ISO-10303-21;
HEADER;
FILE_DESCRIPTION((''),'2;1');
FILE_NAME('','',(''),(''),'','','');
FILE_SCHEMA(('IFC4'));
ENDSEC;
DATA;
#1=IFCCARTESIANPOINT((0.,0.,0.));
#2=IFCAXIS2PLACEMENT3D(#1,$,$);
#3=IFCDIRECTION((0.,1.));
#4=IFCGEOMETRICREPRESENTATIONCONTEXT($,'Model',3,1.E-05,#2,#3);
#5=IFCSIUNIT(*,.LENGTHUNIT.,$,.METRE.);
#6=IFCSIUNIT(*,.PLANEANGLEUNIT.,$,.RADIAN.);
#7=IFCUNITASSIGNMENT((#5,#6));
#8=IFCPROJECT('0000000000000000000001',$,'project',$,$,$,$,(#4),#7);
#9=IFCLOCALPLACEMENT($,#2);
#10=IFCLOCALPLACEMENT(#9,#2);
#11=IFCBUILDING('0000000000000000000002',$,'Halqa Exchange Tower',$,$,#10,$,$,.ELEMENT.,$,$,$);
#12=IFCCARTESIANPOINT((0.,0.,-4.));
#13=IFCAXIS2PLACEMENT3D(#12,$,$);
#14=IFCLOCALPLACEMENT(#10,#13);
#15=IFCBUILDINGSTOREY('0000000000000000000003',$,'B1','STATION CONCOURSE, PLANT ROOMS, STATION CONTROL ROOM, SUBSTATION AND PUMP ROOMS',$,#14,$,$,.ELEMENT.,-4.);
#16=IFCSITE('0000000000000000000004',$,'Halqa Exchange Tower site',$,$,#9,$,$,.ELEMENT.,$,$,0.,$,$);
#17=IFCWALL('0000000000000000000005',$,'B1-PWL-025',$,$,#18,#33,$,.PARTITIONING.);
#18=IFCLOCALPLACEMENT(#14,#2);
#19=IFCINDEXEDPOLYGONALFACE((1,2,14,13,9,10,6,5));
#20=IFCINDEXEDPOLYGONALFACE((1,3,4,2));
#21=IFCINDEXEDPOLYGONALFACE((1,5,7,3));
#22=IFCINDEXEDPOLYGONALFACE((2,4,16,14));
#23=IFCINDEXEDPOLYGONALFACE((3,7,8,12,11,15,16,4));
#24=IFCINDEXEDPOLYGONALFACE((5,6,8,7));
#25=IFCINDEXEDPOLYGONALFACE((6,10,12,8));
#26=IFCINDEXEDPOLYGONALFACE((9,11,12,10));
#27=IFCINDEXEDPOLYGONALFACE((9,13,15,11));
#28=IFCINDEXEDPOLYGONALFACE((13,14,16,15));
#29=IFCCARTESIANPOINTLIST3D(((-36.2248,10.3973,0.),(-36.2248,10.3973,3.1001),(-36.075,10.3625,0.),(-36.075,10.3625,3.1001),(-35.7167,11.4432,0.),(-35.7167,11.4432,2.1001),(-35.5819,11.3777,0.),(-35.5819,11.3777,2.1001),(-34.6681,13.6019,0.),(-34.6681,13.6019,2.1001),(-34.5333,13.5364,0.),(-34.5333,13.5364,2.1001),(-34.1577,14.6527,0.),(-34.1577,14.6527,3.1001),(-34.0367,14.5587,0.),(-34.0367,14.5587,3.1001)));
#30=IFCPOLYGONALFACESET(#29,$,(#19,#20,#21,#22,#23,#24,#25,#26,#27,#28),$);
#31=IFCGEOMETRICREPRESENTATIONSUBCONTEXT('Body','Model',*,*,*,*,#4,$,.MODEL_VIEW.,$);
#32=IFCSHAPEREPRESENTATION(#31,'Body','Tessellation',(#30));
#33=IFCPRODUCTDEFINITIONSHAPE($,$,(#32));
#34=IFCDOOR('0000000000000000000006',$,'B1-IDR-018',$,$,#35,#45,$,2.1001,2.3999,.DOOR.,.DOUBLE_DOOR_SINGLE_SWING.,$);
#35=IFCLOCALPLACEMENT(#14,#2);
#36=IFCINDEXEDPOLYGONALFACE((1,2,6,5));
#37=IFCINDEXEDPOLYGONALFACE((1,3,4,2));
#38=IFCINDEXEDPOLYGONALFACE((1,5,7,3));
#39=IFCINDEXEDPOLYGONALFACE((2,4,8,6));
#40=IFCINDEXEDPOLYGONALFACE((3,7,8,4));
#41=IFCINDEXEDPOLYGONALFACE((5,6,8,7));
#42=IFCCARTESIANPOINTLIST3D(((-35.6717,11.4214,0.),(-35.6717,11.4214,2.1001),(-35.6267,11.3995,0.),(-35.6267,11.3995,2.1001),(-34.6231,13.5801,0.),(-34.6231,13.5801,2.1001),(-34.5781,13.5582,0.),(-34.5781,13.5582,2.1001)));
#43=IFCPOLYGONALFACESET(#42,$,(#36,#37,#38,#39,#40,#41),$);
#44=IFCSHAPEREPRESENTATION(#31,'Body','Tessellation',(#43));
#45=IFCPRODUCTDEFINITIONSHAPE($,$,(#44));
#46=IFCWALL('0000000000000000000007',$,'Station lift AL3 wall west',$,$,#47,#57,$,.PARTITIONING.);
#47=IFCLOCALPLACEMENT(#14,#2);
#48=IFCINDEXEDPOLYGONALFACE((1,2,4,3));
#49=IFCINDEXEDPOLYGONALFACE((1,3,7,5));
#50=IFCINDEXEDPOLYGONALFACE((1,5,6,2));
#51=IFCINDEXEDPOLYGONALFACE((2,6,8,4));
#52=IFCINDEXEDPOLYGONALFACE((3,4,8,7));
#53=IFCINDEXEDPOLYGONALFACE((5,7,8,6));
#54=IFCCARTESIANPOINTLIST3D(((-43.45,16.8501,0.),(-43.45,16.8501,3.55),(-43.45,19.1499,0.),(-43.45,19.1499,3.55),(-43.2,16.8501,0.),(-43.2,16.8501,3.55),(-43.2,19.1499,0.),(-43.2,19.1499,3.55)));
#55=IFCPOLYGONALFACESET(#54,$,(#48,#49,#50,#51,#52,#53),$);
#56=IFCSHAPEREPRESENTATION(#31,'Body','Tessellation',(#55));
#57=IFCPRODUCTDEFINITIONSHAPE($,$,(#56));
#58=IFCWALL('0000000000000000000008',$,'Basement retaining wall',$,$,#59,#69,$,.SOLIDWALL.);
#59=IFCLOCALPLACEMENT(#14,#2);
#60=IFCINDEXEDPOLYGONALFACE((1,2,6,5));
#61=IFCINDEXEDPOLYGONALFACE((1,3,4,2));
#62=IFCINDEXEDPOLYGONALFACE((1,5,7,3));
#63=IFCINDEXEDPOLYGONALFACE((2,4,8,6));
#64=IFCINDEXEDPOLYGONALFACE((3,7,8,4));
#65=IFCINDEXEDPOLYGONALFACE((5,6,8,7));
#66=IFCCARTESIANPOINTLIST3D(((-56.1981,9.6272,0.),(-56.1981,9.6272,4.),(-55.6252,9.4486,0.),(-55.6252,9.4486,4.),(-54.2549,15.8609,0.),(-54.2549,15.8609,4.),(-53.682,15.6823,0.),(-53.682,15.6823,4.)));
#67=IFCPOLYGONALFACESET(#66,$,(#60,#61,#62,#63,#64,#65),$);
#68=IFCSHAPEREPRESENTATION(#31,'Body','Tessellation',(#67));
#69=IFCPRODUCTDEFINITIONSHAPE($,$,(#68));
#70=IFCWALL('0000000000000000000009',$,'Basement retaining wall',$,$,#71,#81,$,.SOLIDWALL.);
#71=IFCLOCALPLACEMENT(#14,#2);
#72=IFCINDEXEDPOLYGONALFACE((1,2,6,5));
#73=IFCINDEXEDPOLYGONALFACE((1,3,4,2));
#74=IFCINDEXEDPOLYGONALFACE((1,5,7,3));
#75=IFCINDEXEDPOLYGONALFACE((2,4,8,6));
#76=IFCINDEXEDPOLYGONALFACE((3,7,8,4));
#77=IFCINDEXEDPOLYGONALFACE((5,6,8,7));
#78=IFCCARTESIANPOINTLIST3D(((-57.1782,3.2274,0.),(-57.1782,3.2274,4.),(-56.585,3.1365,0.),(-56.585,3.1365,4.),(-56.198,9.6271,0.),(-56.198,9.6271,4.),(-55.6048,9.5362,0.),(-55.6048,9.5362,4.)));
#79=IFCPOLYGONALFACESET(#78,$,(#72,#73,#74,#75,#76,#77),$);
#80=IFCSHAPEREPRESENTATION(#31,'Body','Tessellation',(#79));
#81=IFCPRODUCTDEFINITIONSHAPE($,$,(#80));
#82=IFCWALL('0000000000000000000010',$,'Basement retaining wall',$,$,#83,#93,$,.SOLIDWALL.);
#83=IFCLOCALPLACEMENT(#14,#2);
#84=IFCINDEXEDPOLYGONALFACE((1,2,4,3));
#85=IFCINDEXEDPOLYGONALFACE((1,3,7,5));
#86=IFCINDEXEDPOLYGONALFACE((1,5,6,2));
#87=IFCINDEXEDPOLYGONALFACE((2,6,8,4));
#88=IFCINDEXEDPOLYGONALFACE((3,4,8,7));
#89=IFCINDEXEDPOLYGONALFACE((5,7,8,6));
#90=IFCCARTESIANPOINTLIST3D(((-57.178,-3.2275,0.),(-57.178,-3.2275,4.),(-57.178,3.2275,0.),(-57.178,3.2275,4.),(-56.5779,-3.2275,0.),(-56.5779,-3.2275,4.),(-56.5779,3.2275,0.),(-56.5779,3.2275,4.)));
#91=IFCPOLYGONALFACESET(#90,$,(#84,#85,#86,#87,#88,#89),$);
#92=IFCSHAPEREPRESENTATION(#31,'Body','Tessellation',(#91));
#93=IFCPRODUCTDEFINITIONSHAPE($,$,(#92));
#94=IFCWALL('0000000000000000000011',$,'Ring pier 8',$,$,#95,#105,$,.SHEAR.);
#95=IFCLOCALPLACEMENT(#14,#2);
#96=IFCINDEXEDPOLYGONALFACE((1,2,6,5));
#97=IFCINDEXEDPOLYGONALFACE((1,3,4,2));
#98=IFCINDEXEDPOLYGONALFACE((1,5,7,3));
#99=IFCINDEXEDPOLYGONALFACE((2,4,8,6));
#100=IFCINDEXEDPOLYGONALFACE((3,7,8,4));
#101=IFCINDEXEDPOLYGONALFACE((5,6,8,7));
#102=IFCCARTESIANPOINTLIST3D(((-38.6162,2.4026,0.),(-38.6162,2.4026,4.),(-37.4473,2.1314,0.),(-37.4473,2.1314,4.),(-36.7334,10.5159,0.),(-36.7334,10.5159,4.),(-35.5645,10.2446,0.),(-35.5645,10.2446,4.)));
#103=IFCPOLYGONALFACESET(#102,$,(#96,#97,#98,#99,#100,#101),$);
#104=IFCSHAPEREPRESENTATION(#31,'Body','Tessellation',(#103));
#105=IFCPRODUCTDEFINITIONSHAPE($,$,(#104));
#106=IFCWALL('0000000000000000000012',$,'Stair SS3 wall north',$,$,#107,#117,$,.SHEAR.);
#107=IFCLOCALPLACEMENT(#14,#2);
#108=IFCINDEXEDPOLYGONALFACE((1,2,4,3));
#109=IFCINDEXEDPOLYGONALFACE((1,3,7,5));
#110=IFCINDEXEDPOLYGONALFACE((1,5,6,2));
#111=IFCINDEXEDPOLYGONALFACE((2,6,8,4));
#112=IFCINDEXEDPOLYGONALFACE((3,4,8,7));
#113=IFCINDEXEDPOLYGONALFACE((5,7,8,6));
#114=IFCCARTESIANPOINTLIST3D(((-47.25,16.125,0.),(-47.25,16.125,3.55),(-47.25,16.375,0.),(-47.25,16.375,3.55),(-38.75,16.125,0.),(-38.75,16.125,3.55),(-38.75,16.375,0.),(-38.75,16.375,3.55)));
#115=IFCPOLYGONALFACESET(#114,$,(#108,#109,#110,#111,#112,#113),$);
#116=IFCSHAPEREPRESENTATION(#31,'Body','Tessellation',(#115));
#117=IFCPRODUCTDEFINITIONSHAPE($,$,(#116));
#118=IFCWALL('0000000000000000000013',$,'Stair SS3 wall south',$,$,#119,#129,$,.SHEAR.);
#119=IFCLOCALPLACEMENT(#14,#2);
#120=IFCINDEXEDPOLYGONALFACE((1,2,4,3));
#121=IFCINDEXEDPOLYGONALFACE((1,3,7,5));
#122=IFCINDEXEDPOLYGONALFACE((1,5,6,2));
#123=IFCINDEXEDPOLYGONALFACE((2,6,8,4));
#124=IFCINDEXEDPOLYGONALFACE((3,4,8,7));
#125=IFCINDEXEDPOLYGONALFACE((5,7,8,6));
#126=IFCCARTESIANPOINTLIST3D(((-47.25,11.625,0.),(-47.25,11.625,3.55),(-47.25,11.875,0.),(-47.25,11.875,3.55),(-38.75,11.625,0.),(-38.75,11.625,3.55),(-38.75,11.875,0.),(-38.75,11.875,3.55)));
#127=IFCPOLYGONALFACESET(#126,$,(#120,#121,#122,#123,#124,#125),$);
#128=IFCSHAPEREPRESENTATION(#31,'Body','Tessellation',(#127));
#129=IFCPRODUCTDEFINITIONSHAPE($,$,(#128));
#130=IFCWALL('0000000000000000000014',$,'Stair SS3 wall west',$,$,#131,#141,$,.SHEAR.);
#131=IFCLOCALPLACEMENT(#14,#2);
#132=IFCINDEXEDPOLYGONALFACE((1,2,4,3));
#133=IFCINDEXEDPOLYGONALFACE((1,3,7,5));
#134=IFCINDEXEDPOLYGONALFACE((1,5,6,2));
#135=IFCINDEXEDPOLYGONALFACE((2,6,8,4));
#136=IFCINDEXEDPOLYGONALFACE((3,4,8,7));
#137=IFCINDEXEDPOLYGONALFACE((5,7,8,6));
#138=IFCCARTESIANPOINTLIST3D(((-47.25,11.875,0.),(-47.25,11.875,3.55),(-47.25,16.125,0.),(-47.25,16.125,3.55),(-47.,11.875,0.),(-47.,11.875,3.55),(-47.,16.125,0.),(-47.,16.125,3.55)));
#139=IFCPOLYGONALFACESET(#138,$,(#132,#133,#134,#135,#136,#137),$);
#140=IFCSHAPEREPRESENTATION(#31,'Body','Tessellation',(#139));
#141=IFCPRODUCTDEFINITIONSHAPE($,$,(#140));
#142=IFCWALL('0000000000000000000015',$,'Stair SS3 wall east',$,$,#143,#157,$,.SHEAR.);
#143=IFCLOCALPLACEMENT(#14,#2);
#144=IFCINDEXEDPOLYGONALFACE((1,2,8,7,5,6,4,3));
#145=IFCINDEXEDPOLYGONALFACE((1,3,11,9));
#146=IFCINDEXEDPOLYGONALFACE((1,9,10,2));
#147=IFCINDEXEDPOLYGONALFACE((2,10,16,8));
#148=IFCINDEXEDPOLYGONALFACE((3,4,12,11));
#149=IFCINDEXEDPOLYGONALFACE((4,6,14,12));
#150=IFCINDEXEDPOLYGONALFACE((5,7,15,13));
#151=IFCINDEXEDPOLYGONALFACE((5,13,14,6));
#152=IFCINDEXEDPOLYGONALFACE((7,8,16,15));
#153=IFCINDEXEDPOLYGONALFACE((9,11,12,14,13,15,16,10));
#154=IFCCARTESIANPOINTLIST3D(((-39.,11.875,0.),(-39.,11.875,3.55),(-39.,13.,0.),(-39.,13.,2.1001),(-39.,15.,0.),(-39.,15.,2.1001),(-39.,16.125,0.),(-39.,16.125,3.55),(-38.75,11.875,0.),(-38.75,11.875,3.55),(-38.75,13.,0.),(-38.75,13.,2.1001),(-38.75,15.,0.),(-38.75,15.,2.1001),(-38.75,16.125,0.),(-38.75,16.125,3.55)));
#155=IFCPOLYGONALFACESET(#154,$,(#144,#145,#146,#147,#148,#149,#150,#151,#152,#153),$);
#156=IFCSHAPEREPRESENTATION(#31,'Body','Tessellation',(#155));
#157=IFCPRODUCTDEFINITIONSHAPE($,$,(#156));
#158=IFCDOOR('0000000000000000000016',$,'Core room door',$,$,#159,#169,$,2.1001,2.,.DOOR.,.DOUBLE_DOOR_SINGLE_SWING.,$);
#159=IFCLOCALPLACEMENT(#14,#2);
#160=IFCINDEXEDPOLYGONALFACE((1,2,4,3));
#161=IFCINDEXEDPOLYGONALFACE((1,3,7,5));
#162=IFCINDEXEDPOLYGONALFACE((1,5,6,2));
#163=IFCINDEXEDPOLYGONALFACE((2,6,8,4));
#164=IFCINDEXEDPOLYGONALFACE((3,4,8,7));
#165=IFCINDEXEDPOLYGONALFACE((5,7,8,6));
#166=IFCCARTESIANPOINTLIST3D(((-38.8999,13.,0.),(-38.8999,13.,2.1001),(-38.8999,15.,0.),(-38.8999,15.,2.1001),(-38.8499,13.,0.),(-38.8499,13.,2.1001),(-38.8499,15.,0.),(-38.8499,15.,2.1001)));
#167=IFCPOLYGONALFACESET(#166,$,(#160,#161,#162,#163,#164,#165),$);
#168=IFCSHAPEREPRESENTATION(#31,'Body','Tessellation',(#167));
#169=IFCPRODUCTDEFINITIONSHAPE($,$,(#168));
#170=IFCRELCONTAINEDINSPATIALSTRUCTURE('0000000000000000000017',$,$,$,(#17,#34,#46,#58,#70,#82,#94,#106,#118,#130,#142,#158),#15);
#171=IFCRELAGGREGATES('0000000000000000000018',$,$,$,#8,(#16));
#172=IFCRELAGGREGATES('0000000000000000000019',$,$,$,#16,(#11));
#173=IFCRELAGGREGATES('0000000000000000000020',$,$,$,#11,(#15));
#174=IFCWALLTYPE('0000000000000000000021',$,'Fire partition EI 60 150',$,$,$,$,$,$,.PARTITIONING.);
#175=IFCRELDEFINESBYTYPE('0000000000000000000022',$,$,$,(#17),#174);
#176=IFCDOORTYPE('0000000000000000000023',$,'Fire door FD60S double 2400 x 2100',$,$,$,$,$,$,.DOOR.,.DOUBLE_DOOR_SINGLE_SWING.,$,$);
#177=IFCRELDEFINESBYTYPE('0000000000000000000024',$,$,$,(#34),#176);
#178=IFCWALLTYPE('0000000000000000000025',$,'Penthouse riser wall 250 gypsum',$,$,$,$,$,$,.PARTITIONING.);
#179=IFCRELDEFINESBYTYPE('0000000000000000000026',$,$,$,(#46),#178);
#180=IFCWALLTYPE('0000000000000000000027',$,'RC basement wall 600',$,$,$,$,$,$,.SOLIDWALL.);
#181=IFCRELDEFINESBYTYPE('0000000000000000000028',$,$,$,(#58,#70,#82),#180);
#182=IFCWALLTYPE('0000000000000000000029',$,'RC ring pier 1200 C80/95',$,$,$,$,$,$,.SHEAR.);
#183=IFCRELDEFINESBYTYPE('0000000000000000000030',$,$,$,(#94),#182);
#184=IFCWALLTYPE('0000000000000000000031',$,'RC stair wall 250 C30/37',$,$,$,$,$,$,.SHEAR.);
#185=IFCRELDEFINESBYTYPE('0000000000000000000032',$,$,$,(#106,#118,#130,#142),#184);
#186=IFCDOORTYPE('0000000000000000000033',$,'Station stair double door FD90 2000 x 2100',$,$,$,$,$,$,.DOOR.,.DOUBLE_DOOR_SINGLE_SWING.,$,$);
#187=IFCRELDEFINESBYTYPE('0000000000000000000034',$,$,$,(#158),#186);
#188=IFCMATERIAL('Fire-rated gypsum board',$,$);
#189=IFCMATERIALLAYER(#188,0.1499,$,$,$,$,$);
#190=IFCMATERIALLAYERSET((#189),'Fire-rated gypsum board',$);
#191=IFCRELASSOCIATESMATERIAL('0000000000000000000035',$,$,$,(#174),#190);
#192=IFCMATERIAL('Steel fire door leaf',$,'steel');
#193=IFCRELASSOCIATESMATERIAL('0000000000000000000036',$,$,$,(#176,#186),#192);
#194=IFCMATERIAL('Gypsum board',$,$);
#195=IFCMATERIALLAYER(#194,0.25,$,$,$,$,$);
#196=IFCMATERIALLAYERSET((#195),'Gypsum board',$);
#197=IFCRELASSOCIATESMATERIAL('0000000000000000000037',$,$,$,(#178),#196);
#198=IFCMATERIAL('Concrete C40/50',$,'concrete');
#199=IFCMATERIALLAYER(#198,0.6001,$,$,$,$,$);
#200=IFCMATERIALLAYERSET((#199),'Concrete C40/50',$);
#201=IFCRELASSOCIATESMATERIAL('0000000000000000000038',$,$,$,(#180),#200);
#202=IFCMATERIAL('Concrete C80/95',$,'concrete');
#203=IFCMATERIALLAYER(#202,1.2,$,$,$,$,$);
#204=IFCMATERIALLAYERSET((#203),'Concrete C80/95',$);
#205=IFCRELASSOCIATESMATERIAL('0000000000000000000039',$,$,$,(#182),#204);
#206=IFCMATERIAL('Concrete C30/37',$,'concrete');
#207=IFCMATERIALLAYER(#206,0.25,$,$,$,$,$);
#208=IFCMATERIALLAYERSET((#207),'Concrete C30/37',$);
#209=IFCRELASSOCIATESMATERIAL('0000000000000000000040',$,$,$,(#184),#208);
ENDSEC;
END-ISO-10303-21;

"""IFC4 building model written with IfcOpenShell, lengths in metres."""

from ifc_helpers import new_model, si_unit, direction, frame, frame_2d, origin, place, context, subcontext, project, spatial, polyline, rectangle, outline, extrude, material, layer, layer_set, type_object, element, fill, save


model = new_model("IFC4")

# Units and contexts
model_context = context("Model", 3, precision=1e-05, world=origin(), true_north=direction((0.0, 1.0)))
body_context = subcontext(model_context, "Body", "Model", "MODEL_VIEW")
ifc_project = project(units=[si_unit("LENGTHUNIT", "METRE"), si_unit("PLANEANGLEUNIT", "RADIAN")], contexts=[model_context])

# Site, building, storey
site_placement = place(None, origin())
site = spatial("IfcSite", under=ifc_project, at=site_placement, Name="Halqa Exchange Tower site", CompositionType="ELEMENT", RefElevation=0.0)
building_placement = place(site_placement, origin())
building = spatial("IfcBuilding", under=site, at=building_placement, Name="Halqa Exchange Tower", CompositionType="ELEMENT")
storey_placement = place(building_placement, frame((0.0, 0.0, -4.0)))
storey = spatial("IfcBuildingStorey", under=building, at=storey_placement, Name="B1", Description="STATION CONCOURSE, PLANT ROOMS, STATION CONTROL ROOM, SUBSTATION AND PUMP ROOMS", CompositionType="ELEMENT", Elevation=-4.0)

# Shared definitions
ifc_material_1 = material(Name="Fire-rated gypsum board")
ifc_layer_1 = layer(ifc_material_1, 0.1499)
ifc_layer_set_1 = layer_set([ifc_layer_1], Name="Fire-rated gypsum board")
wall_type_1 = type_object("IfcWallType", Name="Fire partition EI 60 150", PredefinedType="PARTITIONING", material=ifc_layer_set_1)

# Wall, opening, door
wall_1_placement = place(storey_placement, frame((-36.1499, 10.3799, 0.0), z_axis=(0.0, 0.0, 1.0), x_axis=(0.436936, 0.899492, 0.0)))
wall_1 = element("IfcWall", 1, at=wall_1_placement, inside=storey, type_object=wall_type_1, Name="B1-PWL-025", PredefinedType="PARTITIONING", context=body_context, shape_type="SweptSolid", body=[
    extrude(outline(polyline([(0.0171, -0.075), (4.6821, -0.075), (4.7139, 0.075), (-0.0171, 0.075), (0.0171, -0.075)])), origin(), (0.0, 0.0, 1.0), 3.1001),
])
opening_1_placement = place(wall_1_placement, frame((1.1458, 0.0, 0.0)))
opening_1 = element("IfcOpeningElement", 2, at=opening_1_placement, cuts=wall_1, PredefinedType="OPENING", context=body_context, shape_type="SweptSolid", body=[
    extrude(rectangle(XDim=2.3999, YDim=2.1001, at=frame_2d((1.2, 1.05))), frame((0.0, 0.0869, 0.0), z_axis=(0.0, -1.0, 0.0), x_axis=(1.0, 0.0, 0.0)), (0.0, 0.0, 1.0), 0.1738),
])
ifc_material_2 = material(Name="Steel fire door leaf", Category="steel")
door_type_1 = type_object("IfcDoorType", Name="Fire door FD60S double 2400 x 2100", OperationType="DOUBLE_DOOR_SINGLE_SWING", PredefinedType="DOOR", material=ifc_material_2)
door_1_placement = place(opening_1_placement, origin())
door_1 = element("IfcDoor", 3, at=door_1_placement, inside=storey, type_object=door_type_1, Name="B1-IDR-018", OperationType="DOUBLE_DOOR_SINGLE_SWING", OverallHeight=2.1001, OverallWidth=2.3999, PredefinedType="DOOR", context=body_context, shape_type="SweptSolid", body=[
    extrude(rectangle(XDim=2.3999, YDim=2.1001, at=frame_2d((1.2, 1.05))), frame((0.0, 0.0249, 0.0), z_axis=(0.0, -1.0, 0.0), x_axis=(1.0, 0.0, 0.0)), (0.0, 0.0, 1.0), 0.05),
])
fill(opening_1, door_1)

# Walls
ifc_material_3 = material(Name="Gypsum board")
ifc_layer_2 = layer(ifc_material_3, 0.25)
ifc_layer_set_2 = layer_set([ifc_layer_2], Name="Gypsum board")
wall_type_2 = type_object("IfcWallType", Name="Penthouse riser wall 250 gypsum", PredefinedType="PARTITIONING", material=ifc_layer_set_2)
wall_2_placement = place(storey_placement, frame((-43.325, 16.8501, 0.0), z_axis=(0.0, 0.0, 1.0), x_axis=(0.0, 1.0, 0.0)))
element("IfcWall", 4, at=wall_2_placement, inside=storey, type_object=wall_type_2, Name="Station lift AL3 wall west", PredefinedType="PARTITIONING", context=body_context, shape_type="SweptSolid", body=[
    extrude(rectangle(XDim=2.2998, YDim=0.25, at=frame_2d((1.1499, 0.0))), origin(), (0.0, 0.0, 1.0), 3.55),
])
ifc_material_4 = material(Name="Concrete C40/50", Category="concrete")
ifc_layer_3 = layer(ifc_material_4, 0.6001)
ifc_layer_set_3 = layer_set([ifc_layer_3], Name="Concrete C40/50")
wall_type_3 = type_object("IfcWallType", Name="RC basement wall 600", PredefinedType="SOLIDWALL", material=ifc_layer_set_3)
wall_3_placement = place(storey_placement, frame((-53.9685, 15.7715, 0.0), z_axis=(0.0, 0.0, 1.0), x_axis=(-0.297592, -0.954693, 0.0)))
element("IfcWall", 5, at=wall_3_placement, inside=storey, type_object=wall_type_3, Name="Basement retaining wall", PredefinedType="SOLIDWALL", context=body_context, shape_type="SweptSolid", body=[
    extrude(rectangle(XDim=6.5295, YDim=0.6001, at=frame_2d((3.2646, 0.0))), origin(), (0.0, 0.0, 1.0), 4.0),
])
wall_4_placement = place(storey_placement, frame((-55.9014, 9.5818, 0.0), z_axis=(0.0, 0.0, 1.0), x_axis=(-0.151403, -0.988472, 0.0)))
element("IfcWall", 6, at=wall_4_placement, inside=storey, type_object=wall_type_3, Name="Basement retaining wall", PredefinedType="SOLIDWALL", context=body_context, shape_type="SweptSolid", body=[
    extrude(rectangle(XDim=6.4744, YDim=0.6001, at=frame_2d((3.2373, 0.0))), origin(), (0.0, 0.0, 1.0), 4.0),
])
wall_5_placement = place(storey_placement, frame((-56.8779, 3.2275, 0.0), z_axis=(0.0, 0.0, 1.0), x_axis=(0.0, -1.0, 0.0)))
element("IfcWall", 7, at=wall_5_placement, inside=storey, type_object=wall_type_3, Name="Basement retaining wall", PredefinedType="SOLIDWALL", context=body_context, shape_type="SweptSolid", body=[
    extrude(rectangle(XDim=6.4551, YDim=0.6001, at=frame_2d((3.2275, 0.0))), origin(), (0.0, 0.0, 1.0), 4.0),
])
ifc_material_5 = material(Name="Concrete C80/95", Category="concrete")
ifc_layer_4 = layer(ifc_material_5, 1.2)
ifc_layer_set_4 = layer_set([ifc_layer_4], Name="Concrete C80/95")
wall_type_4 = type_object("IfcWallType", Name="RC ring pier 1200 C80/95", PredefinedType="SHEAR", material=ifc_layer_set_4)
wall_6_placement = place(storey_placement, frame((-36.1489, 10.3804, 0.0), z_axis=(0.0, 0.0, 1.0), x_axis=(-0.226058, -0.974114, 0.0)))
element("IfcWall", 8, at=wall_6_placement, inside=storey, type_object=wall_type_4, Name="Ring pier 8", PredefinedType="SHEAR", context=body_context, shape_type="SweptSolid", body=[
    extrude(rectangle(XDim=8.3289, YDim=1.2, at=frame_2d((4.1646, 0.0))), origin(), (0.0, 0.0, 1.0), 4.0),
])
ifc_material_6 = material(Name="Concrete C30/37", Category="concrete")
ifc_layer_5 = layer(ifc_material_6, 0.25)
ifc_layer_set_5 = layer_set([ifc_layer_5], Name="Concrete C30/37")
wall_type_5 = type_object("IfcWallType", Name="RC stair wall 250 C30/37", PredefinedType="SHEAR", material=ifc_layer_set_5)
for number, where, z_axis, x_axis, name in (
    (9, (-47.25, 16.25, 0.0), (0.0, 0.0, 1.0), (1.0, 0.0, 0.0), "Stair SS3 wall north"),
    (10, (-47.25, 11.75, 0.0), (0.0, 0.0, 1.0), (1.0, 0.0, 0.0), "Stair SS3 wall south"),
):
    element("IfcWall", number, at=place(storey_placement, frame(where, z_axis=z_axis, x_axis=x_axis)), inside=storey, type_object=wall_type_5, Name=name, PredefinedType="SHEAR", context=body_context, shape_type="SweptSolid", body=[
        extrude(rectangle(XDim=8.5, YDim=0.25, at=frame_2d((4.25, 0.0))), origin(), (0.0, 0.0, 1.0), 3.55),
    ])
wall_7_placement = place(storey_placement, frame((-47.125, 11.875, 0.0), z_axis=(0.0, 0.0, 1.0), x_axis=(0.0, 1.0, 0.0)))
element("IfcWall", 11, at=wall_7_placement, inside=storey, type_object=wall_type_5, Name="Stair SS3 wall west", PredefinedType="SHEAR", context=body_context, shape_type="SweptSolid", body=[
    extrude(rectangle(XDim=4.25, YDim=0.25, at=frame_2d((2.125, 0.0))), origin(), (0.0, 0.0, 1.0), 3.55),
])

# Wall, opening, door
wall_8_placement = place(storey_placement, frame((-38.875, 11.875, 0.0), z_axis=(0.0, 0.0, 1.0), x_axis=(0.0, 1.0, 0.0)))
wall_8 = element("IfcWall", 12, at=wall_8_placement, inside=storey, type_object=wall_type_5, Name="Stair SS3 wall east", PredefinedType="SHEAR", context=body_context, shape_type="SweptSolid", body=[
    extrude(rectangle(XDim=4.25, YDim=0.25, at=frame_2d((2.125, 0.0))), origin(), (0.0, 0.0, 1.0), 3.55),
])
opening_2_placement = place(wall_8_placement, frame((1.125, 0.0, 0.0)))
opening_2 = element("IfcOpeningElement", 13, at=opening_2_placement, cuts=wall_8, PredefinedType="OPENING", context=body_context, shape_type="SweptSolid", body=[
    extrude(rectangle(XDim=2.0, YDim=2.1001, at=frame_2d((1.0, 1.05))), frame((0.0, 0.137, 0.0), z_axis=(0.0, -1.0, 0.0), x_axis=(1.0, 0.0, 0.0)), (0.0, 0.0, 1.0), 0.2739),
])
door_type_2 = type_object("IfcDoorType", Name="Station stair double door FD90 2000 x 2100", OperationType="DOUBLE_DOOR_SINGLE_SWING", PredefinedType="DOOR", material=ifc_material_2)
door_2_placement = place(opening_2_placement, origin())
door_2 = element("IfcDoor", 14, at=door_2_placement, inside=storey, type_object=door_type_2, Name="Core room door", OperationType="DOUBLE_DOOR_SINGLE_SWING", OverallHeight=2.1001, OverallWidth=2.0, PredefinedType="DOOR", context=body_context, shape_type="SweptSolid", body=[
    extrude(rectangle(XDim=2.0, YDim=2.1001, at=frame_2d((1.0, 1.05))), frame((0.0, 0.0249, 0.0), z_axis=(0.0, -1.0, 0.0), x_axis=(1.0, 0.0, 0.0)), (0.0, 0.0, 1.0), 0.05),
])
fill(opening_2, door_2)

save(model, "model.ifc")
